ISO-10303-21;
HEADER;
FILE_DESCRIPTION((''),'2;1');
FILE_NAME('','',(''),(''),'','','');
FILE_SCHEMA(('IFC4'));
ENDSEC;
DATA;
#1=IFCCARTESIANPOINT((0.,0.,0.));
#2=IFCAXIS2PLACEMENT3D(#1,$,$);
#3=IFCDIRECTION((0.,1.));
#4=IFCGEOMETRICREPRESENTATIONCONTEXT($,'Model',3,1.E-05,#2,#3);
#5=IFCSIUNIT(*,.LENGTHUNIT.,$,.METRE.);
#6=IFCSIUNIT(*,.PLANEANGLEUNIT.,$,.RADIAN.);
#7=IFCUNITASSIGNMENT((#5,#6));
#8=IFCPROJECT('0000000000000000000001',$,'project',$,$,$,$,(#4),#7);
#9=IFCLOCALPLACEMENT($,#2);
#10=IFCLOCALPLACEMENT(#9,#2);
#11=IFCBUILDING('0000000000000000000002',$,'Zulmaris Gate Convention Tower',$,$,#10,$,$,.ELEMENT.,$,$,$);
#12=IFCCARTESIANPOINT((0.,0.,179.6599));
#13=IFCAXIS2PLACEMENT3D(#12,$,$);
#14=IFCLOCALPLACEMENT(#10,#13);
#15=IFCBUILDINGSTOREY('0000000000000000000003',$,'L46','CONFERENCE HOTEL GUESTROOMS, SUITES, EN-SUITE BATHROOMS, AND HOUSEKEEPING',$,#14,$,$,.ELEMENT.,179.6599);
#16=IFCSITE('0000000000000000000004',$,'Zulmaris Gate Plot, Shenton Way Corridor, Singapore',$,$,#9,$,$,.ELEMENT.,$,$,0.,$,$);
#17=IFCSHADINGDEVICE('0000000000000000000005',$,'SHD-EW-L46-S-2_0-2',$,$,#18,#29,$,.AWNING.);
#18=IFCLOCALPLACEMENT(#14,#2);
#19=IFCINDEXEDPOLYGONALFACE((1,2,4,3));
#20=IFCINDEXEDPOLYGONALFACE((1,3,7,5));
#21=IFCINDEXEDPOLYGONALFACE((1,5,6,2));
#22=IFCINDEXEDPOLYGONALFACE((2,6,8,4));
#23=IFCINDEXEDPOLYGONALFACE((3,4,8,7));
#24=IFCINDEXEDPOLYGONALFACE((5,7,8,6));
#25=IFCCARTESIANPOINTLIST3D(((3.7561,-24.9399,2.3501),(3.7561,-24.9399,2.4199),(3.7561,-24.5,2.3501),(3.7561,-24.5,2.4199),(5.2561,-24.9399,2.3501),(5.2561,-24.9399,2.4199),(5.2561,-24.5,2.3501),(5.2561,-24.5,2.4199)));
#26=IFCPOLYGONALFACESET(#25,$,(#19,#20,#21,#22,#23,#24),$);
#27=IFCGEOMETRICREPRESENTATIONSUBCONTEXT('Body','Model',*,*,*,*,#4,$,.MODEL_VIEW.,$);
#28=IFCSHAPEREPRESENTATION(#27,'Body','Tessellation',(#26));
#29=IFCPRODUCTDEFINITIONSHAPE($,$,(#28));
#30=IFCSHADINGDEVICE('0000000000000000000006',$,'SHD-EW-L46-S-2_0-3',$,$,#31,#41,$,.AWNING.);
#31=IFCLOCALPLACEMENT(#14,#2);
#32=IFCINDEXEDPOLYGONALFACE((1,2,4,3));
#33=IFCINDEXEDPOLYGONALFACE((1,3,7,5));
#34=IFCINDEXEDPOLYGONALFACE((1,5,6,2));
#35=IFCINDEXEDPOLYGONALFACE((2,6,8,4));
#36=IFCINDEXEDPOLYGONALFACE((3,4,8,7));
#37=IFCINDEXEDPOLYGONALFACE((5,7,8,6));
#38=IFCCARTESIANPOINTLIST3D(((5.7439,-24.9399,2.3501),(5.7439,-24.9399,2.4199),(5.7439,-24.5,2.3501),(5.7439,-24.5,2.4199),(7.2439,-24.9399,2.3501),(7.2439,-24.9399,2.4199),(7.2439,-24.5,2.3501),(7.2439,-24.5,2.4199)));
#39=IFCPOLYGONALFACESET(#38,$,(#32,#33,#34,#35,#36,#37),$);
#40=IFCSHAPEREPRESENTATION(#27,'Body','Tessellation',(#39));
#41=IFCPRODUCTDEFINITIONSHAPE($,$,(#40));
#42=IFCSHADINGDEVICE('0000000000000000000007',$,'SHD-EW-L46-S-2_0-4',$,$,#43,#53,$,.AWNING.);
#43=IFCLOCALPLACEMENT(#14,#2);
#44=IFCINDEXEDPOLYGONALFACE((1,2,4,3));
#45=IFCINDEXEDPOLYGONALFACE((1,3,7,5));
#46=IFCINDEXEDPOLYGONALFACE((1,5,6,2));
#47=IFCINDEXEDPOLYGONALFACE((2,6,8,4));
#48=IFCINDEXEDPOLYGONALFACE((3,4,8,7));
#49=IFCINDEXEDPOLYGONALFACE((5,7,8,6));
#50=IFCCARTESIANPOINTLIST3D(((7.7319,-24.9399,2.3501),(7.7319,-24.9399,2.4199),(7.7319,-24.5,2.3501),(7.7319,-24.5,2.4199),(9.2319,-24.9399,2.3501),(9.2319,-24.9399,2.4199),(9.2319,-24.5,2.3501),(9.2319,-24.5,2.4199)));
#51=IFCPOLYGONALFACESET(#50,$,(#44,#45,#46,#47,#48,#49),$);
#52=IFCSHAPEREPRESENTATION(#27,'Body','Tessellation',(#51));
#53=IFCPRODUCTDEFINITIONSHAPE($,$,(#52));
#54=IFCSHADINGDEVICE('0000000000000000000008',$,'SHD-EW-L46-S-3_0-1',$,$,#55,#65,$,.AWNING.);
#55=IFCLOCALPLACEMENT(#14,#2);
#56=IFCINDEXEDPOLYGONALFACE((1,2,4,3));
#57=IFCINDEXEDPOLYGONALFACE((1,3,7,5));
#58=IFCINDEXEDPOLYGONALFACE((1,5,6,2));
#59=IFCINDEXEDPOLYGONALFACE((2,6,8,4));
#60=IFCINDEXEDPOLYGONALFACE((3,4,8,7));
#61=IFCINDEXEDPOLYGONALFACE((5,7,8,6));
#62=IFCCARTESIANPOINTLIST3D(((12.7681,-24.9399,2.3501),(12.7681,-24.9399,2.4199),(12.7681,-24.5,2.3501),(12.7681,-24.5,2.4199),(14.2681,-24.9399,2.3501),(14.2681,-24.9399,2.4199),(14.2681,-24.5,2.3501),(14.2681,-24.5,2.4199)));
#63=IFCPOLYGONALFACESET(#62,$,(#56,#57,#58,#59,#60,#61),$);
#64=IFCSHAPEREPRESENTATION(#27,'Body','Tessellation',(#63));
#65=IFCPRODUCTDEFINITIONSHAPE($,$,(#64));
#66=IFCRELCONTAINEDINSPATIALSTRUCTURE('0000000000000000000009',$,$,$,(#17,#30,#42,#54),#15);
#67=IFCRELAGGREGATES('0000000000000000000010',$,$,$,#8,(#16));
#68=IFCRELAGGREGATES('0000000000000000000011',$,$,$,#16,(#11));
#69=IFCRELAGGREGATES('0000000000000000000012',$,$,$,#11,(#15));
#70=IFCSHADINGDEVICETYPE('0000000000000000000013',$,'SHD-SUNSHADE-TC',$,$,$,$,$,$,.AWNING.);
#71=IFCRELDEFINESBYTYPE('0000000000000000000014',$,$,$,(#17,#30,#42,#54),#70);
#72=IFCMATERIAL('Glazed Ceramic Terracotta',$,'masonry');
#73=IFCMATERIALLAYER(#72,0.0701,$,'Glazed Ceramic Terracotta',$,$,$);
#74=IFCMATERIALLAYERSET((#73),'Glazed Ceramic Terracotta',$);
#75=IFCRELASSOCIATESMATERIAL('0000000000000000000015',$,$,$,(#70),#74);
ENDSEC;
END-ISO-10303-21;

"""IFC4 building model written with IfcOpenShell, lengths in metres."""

from ifc_helpers import new_model, si_unit, direction, frame, frame_2d, origin, place, context, subcontext, project, spatial, rectangle, extrude, material, layer, layer_set, type_object, element, save


model = new_model("IFC4")

# Units and contexts
model_context = context("Model", 3, precision=1e-05, world=origin(), true_north=direction((0.0, 1.0)))
body_context = subcontext(model_context, "Body", "Model", "MODEL_VIEW")
ifc_project = project(units=[si_unit("LENGTHUNIT", "METRE"), si_unit("PLANEANGLEUNIT", "RADIAN")], contexts=[model_context])

# Site, building, storey
site_placement = place(None, origin())
site = spatial("IfcSite", under=ifc_project, at=site_placement, Name="Zulmaris Gate Plot, Shenton Way Corridor, Singapore", CompositionType="ELEMENT", RefElevation=0.0)
building_placement = place(site_placement, origin())
building = spatial("IfcBuilding", under=site, at=building_placement, Name="Zulmaris Gate Convention Tower", CompositionType="ELEMENT")
storey_placement = place(building_placement, frame((0.0, 0.0, 179.6599)))
storey = spatial("IfcBuildingStorey", under=building, at=storey_placement, Name="L46", Description="CONFERENCE HOTEL GUESTROOMS, SUITES, EN-SUITE BATHROOMS, AND HOUSEKEEPING", CompositionType="ELEMENT", Elevation=179.6599)

# Shading devices
ifc_material_1 = material(Name="Glazed Ceramic Terracotta", Category="masonry")
ifc_layer_1 = layer(ifc_material_1, 0.0701, Name="Glazed Ceramic Terracotta")
ifc_layer_set_1 = layer_set([ifc_layer_1], Name="Glazed Ceramic Terracotta")
shading_device_type = type_object("IfcShadingDeviceType", Name="SHD-SUNSHADE-TC", PredefinedType="AWNING", material=ifc_layer_set_1)
for number, where, z_axis, x_axis, name in (
    (1, (3.7561, -24.72, 2.3501), (0.0, 0.0, 1.0), (1.0, 0.0, 0.0), "SHD-EW-L46-S-2_0-2"),
    (2, (5.7439, -24.72, 2.3501), (0.0, 0.0, 1.0), (1.0, 0.0, 0.0), "SHD-EW-L46-S-2_0-3"),
    (3, (7.7319, -24.72, 2.3501), (0.0, 0.0, 1.0), (1.0, 0.0, 0.0), "SHD-EW-L46-S-2_0-4"),
    (4, (12.7681, -24.72, 2.3501), (0.0, 0.0, 1.0), (1.0, 0.0, 0.0), "SHD-EW-L46-S-3_0-1"),
):
    element("IfcShadingDevice", number, at=place(storey_placement, frame(where, z_axis=z_axis, x_axis=x_axis)), inside=storey, type_object=shading_device_type, Name=name, PredefinedType="AWNING", context=body_context, shape_type="SweptSolid", body=[
        extrude(rectangle(XDim=1.5, YDim=0.4399, at=frame_2d((0.75, 0.0))), origin(), (0.0, 0.0, 1.0), 0.0698),
    ])

save(model, "model.ifc")
